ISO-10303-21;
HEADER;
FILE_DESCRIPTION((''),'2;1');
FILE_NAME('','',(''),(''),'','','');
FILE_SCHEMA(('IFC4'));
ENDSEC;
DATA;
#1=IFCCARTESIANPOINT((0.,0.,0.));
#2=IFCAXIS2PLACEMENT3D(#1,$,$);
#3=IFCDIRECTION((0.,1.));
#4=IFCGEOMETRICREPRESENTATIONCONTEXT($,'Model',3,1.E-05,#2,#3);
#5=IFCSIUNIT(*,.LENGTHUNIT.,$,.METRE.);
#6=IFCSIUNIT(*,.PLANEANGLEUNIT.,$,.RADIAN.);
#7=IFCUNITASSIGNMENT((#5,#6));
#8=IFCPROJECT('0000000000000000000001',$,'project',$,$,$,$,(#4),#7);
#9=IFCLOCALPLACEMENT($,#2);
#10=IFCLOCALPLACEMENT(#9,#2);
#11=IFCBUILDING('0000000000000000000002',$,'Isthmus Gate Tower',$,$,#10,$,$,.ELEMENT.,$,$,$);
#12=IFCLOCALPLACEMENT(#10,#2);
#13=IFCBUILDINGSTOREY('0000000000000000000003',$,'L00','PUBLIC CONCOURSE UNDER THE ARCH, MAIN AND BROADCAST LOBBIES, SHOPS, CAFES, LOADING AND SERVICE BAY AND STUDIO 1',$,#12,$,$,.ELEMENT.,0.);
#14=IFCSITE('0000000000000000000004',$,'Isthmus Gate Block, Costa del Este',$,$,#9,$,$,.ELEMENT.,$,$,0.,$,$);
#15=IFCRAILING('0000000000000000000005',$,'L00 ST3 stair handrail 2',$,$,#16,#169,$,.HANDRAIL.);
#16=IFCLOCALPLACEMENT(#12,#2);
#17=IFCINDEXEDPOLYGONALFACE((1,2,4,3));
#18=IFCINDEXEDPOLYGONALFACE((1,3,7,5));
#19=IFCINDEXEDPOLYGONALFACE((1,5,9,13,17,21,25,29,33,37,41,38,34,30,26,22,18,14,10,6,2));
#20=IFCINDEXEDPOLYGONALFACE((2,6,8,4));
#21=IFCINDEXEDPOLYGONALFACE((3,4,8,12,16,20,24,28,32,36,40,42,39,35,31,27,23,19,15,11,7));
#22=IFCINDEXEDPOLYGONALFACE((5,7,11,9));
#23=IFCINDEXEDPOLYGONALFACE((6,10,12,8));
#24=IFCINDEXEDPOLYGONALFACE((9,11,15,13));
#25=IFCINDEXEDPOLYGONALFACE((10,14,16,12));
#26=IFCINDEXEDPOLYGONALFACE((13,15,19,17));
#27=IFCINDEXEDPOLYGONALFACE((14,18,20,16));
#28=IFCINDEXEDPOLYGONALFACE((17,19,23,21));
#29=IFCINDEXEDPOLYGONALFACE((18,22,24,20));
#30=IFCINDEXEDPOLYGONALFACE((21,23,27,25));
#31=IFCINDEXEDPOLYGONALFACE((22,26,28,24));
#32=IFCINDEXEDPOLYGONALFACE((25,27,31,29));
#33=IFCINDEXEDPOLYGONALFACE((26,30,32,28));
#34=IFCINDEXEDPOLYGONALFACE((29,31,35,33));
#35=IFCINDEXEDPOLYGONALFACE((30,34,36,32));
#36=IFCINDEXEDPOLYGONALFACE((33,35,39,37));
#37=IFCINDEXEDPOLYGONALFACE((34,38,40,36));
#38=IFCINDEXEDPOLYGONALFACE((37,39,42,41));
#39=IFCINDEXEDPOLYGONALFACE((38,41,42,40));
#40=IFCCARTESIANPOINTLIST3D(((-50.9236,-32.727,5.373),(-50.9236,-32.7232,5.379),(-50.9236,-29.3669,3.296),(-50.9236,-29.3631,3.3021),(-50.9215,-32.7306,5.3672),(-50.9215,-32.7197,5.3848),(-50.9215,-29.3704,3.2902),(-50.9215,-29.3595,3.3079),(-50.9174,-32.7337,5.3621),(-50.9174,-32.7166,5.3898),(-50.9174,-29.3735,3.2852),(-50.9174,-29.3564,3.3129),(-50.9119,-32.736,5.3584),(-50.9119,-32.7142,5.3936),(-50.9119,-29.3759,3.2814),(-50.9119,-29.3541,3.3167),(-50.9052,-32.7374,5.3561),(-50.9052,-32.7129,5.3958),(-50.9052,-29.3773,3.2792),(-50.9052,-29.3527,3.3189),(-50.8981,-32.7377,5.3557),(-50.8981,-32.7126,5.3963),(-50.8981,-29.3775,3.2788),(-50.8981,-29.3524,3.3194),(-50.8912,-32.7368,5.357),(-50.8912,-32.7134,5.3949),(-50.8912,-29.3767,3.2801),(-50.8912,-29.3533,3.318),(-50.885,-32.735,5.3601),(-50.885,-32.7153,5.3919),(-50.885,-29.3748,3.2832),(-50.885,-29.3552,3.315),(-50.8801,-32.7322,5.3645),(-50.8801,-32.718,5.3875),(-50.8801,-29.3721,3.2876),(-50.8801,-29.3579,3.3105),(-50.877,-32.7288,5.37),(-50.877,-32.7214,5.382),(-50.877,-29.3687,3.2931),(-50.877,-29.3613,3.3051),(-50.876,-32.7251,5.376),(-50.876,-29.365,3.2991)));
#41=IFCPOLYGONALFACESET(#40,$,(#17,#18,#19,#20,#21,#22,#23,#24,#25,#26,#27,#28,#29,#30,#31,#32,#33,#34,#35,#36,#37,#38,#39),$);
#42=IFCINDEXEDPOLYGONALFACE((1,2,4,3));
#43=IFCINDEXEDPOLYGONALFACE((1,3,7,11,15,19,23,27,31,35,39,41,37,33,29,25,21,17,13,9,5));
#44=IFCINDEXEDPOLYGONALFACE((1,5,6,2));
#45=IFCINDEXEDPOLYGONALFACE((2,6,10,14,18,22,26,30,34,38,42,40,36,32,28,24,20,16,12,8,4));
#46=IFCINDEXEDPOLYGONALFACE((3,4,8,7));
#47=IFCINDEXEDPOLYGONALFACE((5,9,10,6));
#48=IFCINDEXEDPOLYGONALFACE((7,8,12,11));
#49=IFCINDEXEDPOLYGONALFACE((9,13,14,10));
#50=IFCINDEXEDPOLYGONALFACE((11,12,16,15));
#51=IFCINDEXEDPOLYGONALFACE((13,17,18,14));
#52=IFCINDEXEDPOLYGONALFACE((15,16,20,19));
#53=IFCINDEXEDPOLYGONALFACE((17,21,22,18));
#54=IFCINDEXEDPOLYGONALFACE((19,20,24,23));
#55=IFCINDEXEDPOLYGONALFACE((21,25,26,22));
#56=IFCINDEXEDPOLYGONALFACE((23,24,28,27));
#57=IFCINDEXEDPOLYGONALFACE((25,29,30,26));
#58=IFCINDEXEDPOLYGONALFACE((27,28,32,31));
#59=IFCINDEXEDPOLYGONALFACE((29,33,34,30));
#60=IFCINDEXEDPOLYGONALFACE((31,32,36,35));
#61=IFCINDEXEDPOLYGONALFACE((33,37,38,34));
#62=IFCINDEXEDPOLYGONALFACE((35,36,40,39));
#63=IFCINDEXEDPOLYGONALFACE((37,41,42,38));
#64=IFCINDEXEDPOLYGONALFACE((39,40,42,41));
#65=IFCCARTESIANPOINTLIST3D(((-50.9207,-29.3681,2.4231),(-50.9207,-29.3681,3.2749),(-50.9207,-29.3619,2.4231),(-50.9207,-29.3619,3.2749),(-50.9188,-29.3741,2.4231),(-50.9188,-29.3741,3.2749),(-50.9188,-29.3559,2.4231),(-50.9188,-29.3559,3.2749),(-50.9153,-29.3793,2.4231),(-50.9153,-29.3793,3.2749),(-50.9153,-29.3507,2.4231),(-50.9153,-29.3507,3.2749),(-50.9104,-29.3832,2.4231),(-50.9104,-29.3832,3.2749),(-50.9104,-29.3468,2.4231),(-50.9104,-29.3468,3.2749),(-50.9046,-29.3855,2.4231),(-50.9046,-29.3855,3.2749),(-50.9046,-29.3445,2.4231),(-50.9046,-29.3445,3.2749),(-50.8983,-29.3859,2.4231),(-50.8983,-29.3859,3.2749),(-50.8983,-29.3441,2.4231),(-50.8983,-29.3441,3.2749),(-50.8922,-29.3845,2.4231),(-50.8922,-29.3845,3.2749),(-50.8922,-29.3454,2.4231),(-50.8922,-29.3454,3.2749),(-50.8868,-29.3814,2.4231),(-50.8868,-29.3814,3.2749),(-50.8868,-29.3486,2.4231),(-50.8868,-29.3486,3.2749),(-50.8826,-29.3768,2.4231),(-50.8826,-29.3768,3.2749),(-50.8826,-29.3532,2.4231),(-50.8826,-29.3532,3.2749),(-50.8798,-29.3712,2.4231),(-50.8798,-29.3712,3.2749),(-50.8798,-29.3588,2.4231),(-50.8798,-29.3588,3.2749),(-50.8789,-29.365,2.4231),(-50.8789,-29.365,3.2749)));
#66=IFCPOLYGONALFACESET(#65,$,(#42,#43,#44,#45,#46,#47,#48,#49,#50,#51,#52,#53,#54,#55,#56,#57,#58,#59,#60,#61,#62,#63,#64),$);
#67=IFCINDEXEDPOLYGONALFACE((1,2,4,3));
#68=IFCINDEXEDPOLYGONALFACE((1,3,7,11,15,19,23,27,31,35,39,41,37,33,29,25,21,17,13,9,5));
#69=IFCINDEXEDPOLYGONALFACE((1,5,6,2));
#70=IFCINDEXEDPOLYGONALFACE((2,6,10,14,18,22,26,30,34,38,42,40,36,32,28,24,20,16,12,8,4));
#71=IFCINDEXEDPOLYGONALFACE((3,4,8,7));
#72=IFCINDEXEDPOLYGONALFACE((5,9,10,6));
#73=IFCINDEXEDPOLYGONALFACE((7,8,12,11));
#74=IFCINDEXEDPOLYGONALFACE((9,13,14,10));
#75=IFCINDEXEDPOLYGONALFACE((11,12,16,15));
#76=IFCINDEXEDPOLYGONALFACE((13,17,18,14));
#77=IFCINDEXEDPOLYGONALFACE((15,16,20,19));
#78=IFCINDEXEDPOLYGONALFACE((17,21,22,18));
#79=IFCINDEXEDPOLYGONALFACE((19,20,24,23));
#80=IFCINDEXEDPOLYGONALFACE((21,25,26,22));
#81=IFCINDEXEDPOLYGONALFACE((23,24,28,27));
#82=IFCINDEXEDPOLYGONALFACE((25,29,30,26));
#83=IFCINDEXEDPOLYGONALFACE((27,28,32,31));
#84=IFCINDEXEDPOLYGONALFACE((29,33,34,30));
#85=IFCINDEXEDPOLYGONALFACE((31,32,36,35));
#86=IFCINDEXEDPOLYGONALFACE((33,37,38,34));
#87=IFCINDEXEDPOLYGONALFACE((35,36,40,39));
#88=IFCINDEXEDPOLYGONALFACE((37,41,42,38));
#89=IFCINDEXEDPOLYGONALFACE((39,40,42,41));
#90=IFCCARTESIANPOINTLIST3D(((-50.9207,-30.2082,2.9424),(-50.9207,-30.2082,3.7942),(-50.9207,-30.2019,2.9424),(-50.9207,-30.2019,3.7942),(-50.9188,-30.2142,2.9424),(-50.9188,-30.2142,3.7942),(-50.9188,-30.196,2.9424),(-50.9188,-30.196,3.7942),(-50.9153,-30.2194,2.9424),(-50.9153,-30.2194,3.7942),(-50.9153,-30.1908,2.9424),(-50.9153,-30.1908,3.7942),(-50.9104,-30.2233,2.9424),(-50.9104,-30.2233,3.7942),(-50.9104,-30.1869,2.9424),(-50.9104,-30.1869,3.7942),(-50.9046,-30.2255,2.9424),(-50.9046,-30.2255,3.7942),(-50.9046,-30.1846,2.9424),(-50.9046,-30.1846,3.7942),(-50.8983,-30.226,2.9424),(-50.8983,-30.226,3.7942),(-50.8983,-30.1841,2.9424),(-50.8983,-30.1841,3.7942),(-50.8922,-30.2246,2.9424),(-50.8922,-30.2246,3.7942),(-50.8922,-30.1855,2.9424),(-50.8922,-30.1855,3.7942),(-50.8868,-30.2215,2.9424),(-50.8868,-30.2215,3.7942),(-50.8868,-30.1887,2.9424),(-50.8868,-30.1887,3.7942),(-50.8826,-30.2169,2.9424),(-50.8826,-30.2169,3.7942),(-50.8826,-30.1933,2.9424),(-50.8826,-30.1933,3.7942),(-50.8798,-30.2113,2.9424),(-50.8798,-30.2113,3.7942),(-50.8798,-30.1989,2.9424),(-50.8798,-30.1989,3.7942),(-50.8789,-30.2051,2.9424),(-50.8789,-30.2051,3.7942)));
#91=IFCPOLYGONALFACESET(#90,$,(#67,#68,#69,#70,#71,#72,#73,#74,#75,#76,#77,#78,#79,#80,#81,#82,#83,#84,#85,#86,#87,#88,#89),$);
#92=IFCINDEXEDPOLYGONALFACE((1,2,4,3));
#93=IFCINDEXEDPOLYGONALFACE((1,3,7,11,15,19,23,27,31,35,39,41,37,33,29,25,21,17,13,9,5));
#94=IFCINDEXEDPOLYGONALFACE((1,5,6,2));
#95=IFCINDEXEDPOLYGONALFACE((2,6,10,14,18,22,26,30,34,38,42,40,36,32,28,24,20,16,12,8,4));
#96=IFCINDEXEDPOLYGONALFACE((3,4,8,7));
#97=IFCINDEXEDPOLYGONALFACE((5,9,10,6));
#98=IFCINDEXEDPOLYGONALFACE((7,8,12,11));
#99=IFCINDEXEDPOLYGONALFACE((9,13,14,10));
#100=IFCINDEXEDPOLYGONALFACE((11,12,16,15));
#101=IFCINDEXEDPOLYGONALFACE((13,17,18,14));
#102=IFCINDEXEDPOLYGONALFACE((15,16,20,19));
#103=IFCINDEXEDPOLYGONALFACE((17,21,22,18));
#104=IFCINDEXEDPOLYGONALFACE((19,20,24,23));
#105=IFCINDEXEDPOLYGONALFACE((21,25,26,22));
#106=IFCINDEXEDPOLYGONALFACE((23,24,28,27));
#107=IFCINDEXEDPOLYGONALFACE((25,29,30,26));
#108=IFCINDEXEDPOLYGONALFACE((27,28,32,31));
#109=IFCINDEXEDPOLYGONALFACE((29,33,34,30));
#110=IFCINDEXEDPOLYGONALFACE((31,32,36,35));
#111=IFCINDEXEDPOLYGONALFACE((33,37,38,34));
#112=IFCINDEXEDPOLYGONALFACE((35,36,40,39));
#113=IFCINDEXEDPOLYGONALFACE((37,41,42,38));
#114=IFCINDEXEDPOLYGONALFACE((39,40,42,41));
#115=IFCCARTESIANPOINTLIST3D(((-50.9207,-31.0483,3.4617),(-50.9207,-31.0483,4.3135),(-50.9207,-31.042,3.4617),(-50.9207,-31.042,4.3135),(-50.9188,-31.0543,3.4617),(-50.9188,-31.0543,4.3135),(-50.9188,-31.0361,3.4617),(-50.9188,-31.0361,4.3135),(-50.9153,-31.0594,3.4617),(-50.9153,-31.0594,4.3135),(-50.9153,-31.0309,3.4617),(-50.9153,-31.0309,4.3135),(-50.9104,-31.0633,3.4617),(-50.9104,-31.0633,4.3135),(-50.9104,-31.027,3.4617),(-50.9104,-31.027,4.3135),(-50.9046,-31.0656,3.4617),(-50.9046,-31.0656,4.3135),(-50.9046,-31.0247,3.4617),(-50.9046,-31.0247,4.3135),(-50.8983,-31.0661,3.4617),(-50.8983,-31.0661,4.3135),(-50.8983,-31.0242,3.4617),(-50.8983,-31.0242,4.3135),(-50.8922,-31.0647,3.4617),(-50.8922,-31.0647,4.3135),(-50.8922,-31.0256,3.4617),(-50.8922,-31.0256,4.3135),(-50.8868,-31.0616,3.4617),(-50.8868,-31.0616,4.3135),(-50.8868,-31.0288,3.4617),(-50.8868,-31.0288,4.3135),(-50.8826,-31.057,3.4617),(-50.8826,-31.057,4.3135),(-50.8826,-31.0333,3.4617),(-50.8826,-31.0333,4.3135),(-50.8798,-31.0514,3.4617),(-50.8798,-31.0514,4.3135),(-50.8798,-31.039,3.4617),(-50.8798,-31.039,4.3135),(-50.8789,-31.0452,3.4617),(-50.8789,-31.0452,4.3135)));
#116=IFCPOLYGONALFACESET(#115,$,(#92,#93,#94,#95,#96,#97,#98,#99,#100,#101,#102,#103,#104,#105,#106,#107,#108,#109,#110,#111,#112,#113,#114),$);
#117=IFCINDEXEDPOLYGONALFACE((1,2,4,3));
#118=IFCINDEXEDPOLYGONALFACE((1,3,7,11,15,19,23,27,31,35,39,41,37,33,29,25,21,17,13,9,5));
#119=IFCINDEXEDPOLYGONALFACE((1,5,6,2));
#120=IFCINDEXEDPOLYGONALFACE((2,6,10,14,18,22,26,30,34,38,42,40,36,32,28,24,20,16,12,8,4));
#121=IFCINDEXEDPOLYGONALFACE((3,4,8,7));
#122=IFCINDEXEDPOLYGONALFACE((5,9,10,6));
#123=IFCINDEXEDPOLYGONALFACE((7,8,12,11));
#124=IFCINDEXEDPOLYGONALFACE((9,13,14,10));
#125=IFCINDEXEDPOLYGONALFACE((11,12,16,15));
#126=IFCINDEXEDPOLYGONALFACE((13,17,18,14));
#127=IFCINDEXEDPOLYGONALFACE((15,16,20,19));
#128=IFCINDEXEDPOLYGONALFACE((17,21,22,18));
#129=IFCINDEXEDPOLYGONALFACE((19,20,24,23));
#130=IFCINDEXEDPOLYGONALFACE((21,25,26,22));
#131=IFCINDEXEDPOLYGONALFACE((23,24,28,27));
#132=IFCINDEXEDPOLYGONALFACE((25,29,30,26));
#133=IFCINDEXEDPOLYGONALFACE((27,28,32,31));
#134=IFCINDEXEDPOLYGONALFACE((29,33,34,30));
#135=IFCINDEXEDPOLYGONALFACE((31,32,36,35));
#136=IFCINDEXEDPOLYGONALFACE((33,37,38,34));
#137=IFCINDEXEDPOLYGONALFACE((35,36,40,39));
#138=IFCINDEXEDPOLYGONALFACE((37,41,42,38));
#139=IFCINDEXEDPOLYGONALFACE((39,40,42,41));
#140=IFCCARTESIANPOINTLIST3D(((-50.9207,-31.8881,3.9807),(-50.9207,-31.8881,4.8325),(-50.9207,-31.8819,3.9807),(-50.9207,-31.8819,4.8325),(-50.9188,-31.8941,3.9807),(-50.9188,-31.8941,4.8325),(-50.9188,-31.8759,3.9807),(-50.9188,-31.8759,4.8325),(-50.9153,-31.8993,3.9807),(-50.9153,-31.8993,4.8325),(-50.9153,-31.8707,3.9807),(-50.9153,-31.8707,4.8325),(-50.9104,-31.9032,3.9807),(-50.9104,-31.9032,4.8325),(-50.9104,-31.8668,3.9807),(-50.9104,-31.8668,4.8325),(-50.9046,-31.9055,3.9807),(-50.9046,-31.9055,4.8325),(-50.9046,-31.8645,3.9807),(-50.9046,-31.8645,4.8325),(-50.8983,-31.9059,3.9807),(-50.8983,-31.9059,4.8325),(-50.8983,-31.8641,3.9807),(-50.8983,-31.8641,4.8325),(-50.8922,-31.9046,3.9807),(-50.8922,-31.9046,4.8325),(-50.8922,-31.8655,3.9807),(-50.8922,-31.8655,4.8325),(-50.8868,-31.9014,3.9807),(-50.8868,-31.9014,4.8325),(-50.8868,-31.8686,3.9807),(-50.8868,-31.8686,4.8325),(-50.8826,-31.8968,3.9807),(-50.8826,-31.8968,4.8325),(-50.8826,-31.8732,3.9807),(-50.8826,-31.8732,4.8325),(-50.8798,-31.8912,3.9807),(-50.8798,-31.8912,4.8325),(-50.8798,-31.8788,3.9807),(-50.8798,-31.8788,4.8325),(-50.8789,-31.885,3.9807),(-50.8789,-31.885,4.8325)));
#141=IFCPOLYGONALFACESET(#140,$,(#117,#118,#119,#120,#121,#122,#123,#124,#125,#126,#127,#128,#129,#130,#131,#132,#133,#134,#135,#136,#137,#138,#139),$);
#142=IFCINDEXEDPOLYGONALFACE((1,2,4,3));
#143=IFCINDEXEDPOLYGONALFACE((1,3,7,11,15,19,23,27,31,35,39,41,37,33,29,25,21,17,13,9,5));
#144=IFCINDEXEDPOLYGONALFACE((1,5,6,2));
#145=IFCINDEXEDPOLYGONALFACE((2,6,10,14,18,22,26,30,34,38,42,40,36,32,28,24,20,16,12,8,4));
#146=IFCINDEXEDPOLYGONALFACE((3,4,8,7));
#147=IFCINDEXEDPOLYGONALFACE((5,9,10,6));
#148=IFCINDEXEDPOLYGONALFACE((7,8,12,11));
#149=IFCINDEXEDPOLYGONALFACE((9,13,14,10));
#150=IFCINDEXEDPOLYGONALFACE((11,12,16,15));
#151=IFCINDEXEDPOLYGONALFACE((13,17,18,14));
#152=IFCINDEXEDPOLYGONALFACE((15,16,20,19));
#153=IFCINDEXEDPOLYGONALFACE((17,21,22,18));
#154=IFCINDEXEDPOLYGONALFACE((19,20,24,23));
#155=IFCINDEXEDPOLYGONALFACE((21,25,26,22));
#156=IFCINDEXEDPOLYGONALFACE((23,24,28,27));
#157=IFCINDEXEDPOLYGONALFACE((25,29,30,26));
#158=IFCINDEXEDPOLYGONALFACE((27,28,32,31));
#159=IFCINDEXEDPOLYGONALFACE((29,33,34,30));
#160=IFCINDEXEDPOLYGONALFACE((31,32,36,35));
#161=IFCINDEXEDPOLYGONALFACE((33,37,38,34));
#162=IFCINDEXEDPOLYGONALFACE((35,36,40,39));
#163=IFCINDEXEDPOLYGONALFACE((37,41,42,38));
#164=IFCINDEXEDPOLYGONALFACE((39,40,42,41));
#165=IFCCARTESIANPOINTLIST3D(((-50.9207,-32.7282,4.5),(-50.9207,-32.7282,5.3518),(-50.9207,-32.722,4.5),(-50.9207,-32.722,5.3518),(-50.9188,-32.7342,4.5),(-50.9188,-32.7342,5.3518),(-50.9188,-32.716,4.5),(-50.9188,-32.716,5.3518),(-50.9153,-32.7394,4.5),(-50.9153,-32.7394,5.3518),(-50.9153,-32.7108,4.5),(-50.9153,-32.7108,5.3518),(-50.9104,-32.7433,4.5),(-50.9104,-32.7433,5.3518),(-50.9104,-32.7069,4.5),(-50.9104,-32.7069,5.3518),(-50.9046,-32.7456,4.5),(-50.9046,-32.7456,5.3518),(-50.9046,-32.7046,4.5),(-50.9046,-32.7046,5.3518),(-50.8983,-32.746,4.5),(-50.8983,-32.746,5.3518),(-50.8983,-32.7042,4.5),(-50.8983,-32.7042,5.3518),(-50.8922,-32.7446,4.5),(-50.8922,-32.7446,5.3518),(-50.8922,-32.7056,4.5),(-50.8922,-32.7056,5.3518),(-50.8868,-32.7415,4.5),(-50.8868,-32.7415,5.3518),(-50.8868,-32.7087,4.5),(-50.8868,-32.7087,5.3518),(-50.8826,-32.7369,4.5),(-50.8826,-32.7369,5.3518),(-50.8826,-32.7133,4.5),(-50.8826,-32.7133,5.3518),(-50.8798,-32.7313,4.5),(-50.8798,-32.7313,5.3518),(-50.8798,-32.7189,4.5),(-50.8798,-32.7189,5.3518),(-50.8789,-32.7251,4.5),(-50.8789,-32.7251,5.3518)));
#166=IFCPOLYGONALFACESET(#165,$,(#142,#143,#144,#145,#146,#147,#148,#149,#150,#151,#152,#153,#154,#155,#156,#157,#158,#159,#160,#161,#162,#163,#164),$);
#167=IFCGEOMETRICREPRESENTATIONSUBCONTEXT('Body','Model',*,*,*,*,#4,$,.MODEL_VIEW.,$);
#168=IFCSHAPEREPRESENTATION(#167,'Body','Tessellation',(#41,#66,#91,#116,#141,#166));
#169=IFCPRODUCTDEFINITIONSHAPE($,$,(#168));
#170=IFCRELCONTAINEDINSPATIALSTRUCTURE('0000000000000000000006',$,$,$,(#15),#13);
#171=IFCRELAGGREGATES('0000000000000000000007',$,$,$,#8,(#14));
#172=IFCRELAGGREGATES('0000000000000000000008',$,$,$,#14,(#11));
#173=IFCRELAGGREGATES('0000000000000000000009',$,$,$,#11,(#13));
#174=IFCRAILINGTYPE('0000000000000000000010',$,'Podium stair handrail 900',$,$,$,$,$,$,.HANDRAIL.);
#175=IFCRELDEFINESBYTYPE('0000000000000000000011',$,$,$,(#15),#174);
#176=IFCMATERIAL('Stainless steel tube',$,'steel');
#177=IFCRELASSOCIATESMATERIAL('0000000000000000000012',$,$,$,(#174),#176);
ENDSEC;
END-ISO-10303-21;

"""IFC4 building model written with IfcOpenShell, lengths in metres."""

from ifc_helpers import new_model, si_unit, direction, frame, origin, origin_2d, place, context, subcontext, project, spatial, circle, extrude, material, type_object, element, save


model = new_model("IFC4")

# Units and contexts
model_context = context("Model", 3, precision=1e-05, world=origin(), true_north=direction((0.0, 1.0)))
body_context = subcontext(model_context, "Body", "Model", "MODEL_VIEW")
ifc_project = project(units=[si_unit("LENGTHUNIT", "METRE"), si_unit("PLANEANGLEUNIT", "RADIAN")], contexts=[model_context])

# Site, building, storey
site_placement = place(None, origin())
site = spatial("IfcSite", under=ifc_project, at=site_placement, Name="Isthmus Gate Block, Costa del Este", CompositionType="ELEMENT", RefElevation=0.0)
building_placement = place(site_placement, origin())
building = spatial("IfcBuilding", under=site, at=building_placement, Name="Isthmus Gate Tower", CompositionType="ELEMENT")
storey_placement = place(building_placement, origin())
storey = spatial("IfcBuildingStorey", under=building, at=storey_placement, Name="L00", Description="PUBLIC CONCOURSE UNDER THE ARCH, MAIN AND BROADCAST LOBBIES, SHOPS, CAFES, LOADING AND SERVICE BAY AND STUDIO 1", CompositionType="ELEMENT", Elevation=0.0)

# Railing
ifc_material_1 = material(Name="Stainless steel tube", Category="steel")
railing_type_1 = type_object("IfcRailingType", Name="Podium stair handrail 900", PredefinedType="HANDRAIL", material=ifc_material_1)
railing_1_placement = place(storey_placement, frame((-50.8999, -29.365, 2.4231)))
element("IfcRailing", 1, at=railing_1_placement, inside=storey, type_object=railing_type_1, Name="L00 ST3 stair handrail 2", PredefinedType="HANDRAIL", context=body_context, shape_type="SweptSolid", body=[
    extrude(circle(Radius=0.0239, at=origin_2d()), frame((0.0, 0.0, 0.876), z_axis=(0.0, -0.850623, 0.525776), x_axis=(1.0, 0.0, 0.0)), (0.0, 0.0, 1.0), 3.9502),
    extrude(circle(Radius=0.021, at=origin_2d()), origin(), (0.0, 0.0, 1.0), 0.8518),
    extrude(circle(Radius=0.021, at=origin_2d()), frame((0.0, -0.8401, 0.5193)), (0.0, 0.0, 1.0), 0.8518),
    extrude(circle(Radius=0.021, at=origin_2d()), frame((0.0, -1.6802, 1.0386)), (0.0, 0.0, 1.0), 0.8518),
    extrude(circle(Radius=0.021, at=origin_2d()), frame((0.0, -2.52, 1.5576)), (0.0, 0.0, 1.0), 0.8518),
    extrude(circle(Radius=0.021, at=origin_2d()), frame((0.0, -3.3601, 2.0769)), (0.0, 0.0, 1.0), 0.8518),
])

save(model, "model.ifc")
